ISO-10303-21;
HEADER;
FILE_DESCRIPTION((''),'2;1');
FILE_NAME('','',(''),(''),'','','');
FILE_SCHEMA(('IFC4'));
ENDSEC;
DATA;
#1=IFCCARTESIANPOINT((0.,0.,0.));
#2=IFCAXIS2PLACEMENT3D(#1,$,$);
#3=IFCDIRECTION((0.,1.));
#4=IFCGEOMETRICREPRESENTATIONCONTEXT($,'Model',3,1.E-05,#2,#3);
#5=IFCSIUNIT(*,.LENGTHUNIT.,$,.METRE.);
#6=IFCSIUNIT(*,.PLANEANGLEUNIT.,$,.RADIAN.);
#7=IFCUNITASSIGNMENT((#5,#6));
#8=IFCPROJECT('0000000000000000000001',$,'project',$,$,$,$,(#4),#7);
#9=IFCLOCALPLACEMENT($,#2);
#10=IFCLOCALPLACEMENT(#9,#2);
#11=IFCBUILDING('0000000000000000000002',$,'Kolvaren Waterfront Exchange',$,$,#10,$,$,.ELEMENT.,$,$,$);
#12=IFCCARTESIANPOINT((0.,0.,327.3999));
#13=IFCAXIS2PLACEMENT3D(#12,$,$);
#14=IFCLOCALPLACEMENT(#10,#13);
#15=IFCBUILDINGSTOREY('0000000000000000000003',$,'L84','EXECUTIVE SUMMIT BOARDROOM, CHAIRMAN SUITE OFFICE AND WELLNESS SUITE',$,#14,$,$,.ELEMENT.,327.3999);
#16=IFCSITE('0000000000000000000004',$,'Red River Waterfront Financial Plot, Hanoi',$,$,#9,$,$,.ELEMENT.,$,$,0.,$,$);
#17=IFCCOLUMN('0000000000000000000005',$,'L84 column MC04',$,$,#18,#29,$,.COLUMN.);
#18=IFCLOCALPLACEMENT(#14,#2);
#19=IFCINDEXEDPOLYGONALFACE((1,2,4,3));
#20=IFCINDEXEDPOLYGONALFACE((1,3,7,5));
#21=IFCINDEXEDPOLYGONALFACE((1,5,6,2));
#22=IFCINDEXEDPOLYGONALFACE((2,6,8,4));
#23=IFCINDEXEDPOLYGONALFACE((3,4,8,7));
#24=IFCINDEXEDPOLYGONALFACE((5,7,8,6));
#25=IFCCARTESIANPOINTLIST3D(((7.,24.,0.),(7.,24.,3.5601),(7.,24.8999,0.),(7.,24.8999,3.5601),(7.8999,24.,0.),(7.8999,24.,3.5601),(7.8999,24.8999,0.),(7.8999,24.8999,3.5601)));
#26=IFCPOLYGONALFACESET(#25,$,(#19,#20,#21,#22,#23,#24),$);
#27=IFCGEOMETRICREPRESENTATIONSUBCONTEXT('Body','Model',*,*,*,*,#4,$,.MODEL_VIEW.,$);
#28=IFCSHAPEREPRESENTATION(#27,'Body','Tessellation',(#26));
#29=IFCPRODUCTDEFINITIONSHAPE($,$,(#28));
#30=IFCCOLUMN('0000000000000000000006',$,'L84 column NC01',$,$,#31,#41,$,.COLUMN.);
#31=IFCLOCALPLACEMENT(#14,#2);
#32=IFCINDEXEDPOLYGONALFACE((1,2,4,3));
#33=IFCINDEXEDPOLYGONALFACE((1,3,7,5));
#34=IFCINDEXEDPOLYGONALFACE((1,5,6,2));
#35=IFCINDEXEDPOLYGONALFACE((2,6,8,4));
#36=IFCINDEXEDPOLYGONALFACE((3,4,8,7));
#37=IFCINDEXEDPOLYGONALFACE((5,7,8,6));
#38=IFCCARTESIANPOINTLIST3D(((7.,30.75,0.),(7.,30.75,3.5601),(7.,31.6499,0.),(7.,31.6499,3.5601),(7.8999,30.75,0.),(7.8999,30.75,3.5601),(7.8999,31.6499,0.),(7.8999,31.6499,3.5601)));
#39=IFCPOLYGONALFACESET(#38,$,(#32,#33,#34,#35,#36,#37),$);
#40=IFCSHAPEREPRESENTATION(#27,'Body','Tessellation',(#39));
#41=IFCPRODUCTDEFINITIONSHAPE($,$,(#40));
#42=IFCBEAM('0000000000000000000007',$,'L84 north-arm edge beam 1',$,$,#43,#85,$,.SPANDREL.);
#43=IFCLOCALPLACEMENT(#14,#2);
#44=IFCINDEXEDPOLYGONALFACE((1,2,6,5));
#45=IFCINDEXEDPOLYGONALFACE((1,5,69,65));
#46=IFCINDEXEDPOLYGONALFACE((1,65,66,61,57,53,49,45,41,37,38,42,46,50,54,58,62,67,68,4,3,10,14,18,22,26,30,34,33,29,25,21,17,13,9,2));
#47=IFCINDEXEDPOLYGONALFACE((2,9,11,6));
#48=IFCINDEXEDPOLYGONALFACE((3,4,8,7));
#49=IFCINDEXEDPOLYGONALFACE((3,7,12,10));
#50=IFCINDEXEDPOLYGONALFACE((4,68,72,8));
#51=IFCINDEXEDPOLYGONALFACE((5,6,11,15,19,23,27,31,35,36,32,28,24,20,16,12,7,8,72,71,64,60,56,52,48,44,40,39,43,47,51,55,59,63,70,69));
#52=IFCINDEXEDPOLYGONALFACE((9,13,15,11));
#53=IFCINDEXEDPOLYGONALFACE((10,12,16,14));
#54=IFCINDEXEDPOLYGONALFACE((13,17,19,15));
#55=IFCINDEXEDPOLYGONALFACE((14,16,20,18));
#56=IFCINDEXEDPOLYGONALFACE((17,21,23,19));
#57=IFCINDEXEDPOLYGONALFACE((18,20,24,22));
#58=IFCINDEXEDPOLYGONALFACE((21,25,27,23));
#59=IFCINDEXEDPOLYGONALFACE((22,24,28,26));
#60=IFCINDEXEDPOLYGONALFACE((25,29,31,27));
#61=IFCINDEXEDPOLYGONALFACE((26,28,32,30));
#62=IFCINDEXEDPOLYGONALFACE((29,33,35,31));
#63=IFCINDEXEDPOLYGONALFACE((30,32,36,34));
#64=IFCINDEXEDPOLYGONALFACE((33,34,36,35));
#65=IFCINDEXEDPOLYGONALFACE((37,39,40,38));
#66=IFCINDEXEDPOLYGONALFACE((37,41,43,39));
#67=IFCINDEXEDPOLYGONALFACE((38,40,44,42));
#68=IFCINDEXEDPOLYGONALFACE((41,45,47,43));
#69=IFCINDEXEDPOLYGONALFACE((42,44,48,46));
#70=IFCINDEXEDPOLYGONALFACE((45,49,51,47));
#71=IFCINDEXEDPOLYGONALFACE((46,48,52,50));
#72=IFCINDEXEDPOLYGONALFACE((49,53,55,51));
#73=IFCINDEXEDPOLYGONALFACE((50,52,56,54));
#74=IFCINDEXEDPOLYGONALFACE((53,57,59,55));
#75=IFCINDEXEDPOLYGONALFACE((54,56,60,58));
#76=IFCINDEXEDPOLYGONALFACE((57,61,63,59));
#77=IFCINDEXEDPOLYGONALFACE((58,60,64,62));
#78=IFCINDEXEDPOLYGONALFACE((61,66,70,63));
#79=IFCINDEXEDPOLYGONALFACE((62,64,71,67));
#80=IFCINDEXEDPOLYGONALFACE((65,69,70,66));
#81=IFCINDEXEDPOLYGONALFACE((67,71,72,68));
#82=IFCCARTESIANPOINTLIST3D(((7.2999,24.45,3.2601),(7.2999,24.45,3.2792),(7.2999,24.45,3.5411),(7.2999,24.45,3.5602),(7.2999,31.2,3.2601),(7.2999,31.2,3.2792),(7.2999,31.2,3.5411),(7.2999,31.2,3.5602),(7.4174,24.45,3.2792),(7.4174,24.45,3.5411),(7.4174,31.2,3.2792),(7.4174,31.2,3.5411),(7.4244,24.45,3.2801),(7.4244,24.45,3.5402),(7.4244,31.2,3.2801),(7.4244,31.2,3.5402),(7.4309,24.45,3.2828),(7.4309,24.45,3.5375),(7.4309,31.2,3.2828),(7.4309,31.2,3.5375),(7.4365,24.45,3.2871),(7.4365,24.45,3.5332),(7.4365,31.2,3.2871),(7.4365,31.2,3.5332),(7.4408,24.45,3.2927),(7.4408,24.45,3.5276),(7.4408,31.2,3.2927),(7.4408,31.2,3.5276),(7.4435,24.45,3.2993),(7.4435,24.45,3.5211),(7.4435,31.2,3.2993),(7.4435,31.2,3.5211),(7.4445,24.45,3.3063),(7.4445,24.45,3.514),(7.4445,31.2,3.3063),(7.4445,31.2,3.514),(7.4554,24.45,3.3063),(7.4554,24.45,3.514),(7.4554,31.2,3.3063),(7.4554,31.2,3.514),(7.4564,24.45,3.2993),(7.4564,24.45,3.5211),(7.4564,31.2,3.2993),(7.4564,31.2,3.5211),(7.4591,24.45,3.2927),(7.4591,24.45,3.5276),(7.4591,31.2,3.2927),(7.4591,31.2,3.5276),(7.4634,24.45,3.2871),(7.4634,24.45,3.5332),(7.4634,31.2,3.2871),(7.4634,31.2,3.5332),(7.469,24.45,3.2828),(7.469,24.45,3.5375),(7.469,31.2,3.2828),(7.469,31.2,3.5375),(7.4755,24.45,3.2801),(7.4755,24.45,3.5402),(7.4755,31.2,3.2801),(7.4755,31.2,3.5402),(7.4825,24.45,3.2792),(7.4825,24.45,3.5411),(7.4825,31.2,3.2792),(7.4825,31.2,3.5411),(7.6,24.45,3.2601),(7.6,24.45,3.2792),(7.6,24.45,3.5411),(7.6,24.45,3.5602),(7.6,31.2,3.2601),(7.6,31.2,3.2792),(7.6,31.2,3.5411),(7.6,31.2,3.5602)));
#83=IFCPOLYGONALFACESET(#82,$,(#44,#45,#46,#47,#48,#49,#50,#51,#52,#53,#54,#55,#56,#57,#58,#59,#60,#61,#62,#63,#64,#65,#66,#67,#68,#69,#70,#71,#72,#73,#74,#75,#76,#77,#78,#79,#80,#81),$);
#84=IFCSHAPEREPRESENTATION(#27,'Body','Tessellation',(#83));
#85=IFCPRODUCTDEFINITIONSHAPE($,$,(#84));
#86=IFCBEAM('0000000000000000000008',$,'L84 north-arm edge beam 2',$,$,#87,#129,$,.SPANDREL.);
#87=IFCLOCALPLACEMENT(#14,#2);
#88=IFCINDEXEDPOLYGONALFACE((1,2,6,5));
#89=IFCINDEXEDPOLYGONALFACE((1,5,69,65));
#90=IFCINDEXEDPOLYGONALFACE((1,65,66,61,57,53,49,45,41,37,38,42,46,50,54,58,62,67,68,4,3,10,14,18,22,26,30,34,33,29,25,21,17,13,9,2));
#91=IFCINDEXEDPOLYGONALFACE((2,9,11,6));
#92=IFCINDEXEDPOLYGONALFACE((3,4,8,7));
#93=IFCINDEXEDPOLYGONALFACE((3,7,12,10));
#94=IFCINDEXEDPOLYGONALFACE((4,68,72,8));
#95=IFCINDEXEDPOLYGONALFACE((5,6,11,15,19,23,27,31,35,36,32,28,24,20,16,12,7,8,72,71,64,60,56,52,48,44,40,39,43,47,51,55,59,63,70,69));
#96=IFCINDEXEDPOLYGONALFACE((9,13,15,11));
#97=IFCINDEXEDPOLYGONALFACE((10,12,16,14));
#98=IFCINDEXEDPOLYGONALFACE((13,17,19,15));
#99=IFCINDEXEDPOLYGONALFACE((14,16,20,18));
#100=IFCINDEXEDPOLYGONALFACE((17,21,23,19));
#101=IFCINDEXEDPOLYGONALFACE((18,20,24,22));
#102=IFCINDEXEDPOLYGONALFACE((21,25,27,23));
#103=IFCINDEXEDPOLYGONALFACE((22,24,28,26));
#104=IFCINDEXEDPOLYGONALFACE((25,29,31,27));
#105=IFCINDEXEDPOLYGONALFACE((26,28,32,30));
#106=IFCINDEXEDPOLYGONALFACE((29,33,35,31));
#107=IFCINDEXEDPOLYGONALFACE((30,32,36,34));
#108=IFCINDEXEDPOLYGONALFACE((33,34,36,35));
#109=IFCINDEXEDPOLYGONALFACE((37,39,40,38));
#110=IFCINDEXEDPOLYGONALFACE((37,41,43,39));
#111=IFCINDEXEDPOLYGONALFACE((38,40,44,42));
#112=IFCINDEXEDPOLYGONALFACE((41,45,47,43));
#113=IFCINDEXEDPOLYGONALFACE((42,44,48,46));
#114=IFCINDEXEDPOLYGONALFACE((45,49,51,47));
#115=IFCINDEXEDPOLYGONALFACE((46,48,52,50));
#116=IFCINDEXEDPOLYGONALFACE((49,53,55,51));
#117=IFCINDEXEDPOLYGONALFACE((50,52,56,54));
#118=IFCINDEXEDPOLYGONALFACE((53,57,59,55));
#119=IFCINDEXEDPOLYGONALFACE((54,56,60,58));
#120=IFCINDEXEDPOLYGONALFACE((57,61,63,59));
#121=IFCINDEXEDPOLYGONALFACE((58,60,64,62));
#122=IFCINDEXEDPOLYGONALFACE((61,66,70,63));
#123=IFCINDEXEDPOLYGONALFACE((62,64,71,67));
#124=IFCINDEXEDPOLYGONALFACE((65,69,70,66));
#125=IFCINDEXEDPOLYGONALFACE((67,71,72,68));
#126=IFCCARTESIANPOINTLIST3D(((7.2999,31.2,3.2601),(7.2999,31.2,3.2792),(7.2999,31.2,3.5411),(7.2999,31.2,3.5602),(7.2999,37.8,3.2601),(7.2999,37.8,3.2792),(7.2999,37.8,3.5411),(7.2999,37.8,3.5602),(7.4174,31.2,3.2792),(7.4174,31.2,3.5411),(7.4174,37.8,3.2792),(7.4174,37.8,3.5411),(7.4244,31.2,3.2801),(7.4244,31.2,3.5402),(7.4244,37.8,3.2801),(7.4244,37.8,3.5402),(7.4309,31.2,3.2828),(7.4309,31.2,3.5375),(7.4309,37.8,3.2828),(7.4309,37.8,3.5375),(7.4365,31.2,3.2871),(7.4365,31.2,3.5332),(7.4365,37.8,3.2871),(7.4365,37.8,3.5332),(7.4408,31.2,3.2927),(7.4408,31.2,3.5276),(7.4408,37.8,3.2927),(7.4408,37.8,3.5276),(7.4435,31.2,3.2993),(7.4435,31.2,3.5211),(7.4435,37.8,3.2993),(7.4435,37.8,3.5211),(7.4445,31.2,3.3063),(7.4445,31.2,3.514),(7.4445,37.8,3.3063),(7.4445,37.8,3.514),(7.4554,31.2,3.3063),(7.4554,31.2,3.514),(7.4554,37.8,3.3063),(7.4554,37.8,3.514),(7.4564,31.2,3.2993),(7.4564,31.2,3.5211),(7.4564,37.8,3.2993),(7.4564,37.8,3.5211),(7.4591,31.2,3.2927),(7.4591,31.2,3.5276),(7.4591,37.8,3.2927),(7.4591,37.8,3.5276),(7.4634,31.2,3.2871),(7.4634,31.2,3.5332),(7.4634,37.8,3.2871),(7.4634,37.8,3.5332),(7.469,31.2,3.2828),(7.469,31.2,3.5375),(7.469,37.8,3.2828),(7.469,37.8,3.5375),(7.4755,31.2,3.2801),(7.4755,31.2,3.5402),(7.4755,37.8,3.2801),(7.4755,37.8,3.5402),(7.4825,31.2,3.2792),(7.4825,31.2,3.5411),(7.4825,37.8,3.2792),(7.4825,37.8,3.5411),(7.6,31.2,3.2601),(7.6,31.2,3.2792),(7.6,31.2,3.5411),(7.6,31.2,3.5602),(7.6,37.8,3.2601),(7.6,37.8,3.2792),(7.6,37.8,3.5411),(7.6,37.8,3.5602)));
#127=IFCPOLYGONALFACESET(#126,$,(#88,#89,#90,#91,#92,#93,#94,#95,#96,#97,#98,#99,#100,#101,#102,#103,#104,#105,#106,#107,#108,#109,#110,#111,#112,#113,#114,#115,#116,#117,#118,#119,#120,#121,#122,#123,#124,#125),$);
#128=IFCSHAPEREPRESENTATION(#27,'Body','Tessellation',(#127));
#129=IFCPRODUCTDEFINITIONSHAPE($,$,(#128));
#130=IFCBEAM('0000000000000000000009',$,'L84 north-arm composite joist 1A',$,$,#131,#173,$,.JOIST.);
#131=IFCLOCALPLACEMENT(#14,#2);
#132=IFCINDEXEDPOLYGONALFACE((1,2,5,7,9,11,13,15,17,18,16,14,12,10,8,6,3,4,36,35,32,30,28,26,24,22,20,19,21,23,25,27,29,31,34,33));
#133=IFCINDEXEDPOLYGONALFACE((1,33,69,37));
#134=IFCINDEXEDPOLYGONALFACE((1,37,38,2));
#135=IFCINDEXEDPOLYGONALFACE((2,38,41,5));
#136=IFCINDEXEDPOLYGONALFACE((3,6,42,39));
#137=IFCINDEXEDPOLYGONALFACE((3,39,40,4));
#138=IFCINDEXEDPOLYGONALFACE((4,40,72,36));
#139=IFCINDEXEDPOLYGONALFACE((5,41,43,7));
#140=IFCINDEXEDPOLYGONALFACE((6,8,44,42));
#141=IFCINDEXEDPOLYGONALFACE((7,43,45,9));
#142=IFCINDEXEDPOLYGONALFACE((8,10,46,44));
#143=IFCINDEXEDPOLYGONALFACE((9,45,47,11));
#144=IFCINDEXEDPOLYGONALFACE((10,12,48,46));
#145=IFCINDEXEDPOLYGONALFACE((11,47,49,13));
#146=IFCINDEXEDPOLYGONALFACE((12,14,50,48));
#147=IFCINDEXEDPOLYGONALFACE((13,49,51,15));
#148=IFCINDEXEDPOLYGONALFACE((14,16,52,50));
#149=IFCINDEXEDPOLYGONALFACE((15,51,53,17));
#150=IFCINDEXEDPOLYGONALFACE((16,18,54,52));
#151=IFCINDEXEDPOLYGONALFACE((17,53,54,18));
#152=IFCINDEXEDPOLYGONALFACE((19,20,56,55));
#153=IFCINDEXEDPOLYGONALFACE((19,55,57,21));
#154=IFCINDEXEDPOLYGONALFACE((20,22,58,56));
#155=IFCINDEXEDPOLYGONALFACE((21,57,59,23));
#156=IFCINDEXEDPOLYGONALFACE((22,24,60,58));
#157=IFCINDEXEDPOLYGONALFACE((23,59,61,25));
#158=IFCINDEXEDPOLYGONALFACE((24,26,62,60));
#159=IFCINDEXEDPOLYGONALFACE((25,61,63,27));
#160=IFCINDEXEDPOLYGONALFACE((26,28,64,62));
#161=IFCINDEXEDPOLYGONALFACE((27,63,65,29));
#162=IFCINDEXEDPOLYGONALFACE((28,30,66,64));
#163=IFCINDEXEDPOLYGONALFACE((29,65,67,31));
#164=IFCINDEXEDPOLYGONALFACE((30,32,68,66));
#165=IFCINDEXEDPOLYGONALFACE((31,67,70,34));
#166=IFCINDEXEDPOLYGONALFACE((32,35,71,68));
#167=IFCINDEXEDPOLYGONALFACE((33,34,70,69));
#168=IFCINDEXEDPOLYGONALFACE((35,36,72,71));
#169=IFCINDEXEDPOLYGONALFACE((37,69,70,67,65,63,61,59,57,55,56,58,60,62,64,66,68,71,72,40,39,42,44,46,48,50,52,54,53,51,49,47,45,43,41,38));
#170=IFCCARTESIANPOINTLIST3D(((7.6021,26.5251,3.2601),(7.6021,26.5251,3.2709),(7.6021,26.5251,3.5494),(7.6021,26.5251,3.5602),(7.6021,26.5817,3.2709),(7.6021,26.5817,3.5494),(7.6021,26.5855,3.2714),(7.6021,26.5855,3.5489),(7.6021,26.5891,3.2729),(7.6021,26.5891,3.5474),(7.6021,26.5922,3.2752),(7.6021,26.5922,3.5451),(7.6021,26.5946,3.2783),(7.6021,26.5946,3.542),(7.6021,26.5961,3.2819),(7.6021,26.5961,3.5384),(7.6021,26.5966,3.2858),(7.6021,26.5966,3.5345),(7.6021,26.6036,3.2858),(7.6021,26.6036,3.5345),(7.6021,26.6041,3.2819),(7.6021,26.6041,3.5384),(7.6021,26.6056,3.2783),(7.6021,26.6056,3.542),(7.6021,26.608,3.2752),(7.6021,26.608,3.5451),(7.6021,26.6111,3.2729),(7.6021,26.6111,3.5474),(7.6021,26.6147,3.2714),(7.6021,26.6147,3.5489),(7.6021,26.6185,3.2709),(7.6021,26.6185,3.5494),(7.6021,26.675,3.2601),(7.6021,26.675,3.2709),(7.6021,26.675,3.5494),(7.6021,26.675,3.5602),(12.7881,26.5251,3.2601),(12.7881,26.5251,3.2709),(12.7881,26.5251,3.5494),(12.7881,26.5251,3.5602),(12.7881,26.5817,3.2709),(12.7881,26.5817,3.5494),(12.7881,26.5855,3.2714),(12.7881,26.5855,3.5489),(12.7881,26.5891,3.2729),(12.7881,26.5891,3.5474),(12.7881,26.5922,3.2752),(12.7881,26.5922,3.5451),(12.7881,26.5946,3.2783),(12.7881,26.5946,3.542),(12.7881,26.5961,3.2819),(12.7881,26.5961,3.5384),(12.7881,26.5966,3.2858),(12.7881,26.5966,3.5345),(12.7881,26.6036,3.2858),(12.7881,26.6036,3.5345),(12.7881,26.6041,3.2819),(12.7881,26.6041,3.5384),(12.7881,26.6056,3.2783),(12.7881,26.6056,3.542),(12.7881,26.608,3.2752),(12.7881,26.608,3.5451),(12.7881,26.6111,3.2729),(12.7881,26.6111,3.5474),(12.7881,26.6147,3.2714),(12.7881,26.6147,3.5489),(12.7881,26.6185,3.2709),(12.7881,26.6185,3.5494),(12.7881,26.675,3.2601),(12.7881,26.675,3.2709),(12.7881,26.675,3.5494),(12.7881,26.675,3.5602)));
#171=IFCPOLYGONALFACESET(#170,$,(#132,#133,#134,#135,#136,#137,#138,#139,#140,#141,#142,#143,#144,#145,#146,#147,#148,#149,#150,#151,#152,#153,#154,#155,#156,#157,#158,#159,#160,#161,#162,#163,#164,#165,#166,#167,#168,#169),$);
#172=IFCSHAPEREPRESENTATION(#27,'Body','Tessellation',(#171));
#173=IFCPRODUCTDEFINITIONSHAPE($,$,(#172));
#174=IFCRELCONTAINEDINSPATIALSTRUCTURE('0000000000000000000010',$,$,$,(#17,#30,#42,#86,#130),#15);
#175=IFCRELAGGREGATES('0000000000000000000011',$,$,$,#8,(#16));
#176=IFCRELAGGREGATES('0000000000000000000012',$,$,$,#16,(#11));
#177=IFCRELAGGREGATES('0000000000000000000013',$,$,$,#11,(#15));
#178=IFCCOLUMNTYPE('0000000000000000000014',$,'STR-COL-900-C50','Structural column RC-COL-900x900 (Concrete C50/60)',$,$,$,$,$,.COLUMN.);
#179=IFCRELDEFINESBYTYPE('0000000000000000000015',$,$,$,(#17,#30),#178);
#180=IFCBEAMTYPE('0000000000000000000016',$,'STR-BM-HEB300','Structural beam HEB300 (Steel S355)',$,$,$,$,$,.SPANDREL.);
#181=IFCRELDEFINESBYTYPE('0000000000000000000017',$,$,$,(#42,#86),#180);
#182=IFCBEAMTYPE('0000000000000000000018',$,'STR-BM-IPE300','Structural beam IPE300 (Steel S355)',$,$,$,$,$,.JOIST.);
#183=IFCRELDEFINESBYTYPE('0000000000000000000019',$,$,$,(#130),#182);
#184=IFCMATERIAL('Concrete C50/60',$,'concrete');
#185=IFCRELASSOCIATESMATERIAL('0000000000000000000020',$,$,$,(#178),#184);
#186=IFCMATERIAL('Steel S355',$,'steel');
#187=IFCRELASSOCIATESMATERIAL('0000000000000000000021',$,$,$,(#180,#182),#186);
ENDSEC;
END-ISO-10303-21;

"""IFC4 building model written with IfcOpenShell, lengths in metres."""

from ifc_helpers import new_model, si_unit, direction, frame, origin, origin_2d, place, context, subcontext, project, spatial, rectangle, i_section, extrude, material, material_profile, profile_set, type_object, element, save


model = new_model("IFC4")

# Units and contexts
model_context = context("Model", 3, precision=1e-05, world=origin(), true_north=direction((0.0, 1.0)))
body_context = subcontext(model_context, "Body", "Model", "MODEL_VIEW")
ifc_project = project(units=[si_unit("LENGTHUNIT", "METRE"), si_unit("PLANEANGLEUNIT", "RADIAN")], contexts=[model_context])

# Site, building, storey
site_placement = place(None, origin())
site = spatial("IfcSite", under=ifc_project, at=site_placement, Name="Red River Waterfront Financial Plot, Hanoi", CompositionType="ELEMENT", RefElevation=0.0)
building_placement = place(site_placement, origin())
building = spatial("IfcBuilding", under=site, at=building_placement, Name="Kolvaren Waterfront Exchange", CompositionType="ELEMENT")
storey_placement = place(building_placement, frame((0.0, 0.0, 327.3999)))
storey = spatial("IfcBuildingStorey", under=building, at=storey_placement, Name="L84", Description="EXECUTIVE SUMMIT BOARDROOM, CHAIRMAN SUITE OFFICE AND WELLNESS SUITE", CompositionType="ELEMENT", Elevation=327.3999)

# Columns
ifc_material_1 = material(Name="Concrete C50/60", Category="concrete")
ifc_material_profile_1 = material_profile(ifc_material_1, rectangle(XDim=0.8999, YDim=0.8999, at=origin_2d()), Name="RC-COL-900x900")
ifc_profile_set_1 = profile_set([ifc_material_profile_1], Name="Concrete C50/60")
column_type = type_object("IfcColumnType", Name="STR-COL-900-C50", Description="Structural column RC-COL-900x900 (Concrete C50/60)", PredefinedType="COLUMN", material=ifc_profile_set_1)
for number, where, z_axis, x_axis, name in (
    (1, (7.45, 24.45, 0.0), (0.0, 0.0, 1.0), (1.0, 0.0, 0.0), "L84 column MC04"),
    (2, (7.45, 31.2, 0.0), (0.0, 0.0, 1.0), (1.0, 0.0, 0.0), "L84 column NC01"),
):
    element("IfcColumn", number, at=place(storey_placement, frame(where, z_axis=z_axis, x_axis=x_axis)), inside=storey, type_object=column_type, Name=name, PredefinedType="COLUMN", context=body_context, shape_type="SweptSolid", body=[
        extrude(rectangle(XDim=0.8999, YDim=0.8999, at=origin_2d()), origin(), (0.0, 0.0, 1.0), 3.5601),
    ])

# Beams
ifc_material_2 = material(Name="Steel S355", Category="steel")
ifc_material_profile_2 = material_profile(ifc_material_2, i_section(OverallWidth=0.3, OverallDepth=0.3, WebThickness=0.011, FlangeThickness=0.019, FilletRadius=0.0271, at=origin_2d()), Name="HEB300")
ifc_profile_set_2 = profile_set([ifc_material_profile_2], Name="Steel S355")
beam_type_1 = type_object("IfcBeamType", Name="STR-BM-HEB300", Description="Structural beam HEB300 (Steel S355)", PredefinedType="SPANDREL", material=ifc_profile_set_2)
beam_1_placement = place(storey_placement, frame((7.45, 24.45, 3.4102), z_axis=(0.0, 1.0, 0.0), x_axis=(-1.0, 0.0, 0.0)))
element("IfcBeam", 3, at=beam_1_placement, inside=storey, type_object=beam_type_1, Name="L84 north-arm edge beam 1", PredefinedType="SPANDREL", context=body_context, shape_type="SweptSolid", body=[
    extrude(i_section(OverallWidth=0.3, OverallDepth=0.3, WebThickness=0.011, FlangeThickness=0.019, FilletRadius=0.0271, at=origin_2d()), origin(), (0.0, 0.0, 1.0), 6.75),
])
beam_2_placement = place(storey_placement, frame((7.45, 31.2, 3.4102), z_axis=(0.0, 1.0, 0.0), x_axis=(-1.0, 0.0, 0.0)))
element("IfcBeam", 4, at=beam_2_placement, inside=storey, type_object=beam_type_1, Name="L84 north-arm edge beam 2", PredefinedType="SPANDREL", context=body_context, shape_type="SweptSolid", body=[
    extrude(i_section(OverallWidth=0.3, OverallDepth=0.3, WebThickness=0.011, FlangeThickness=0.019, FilletRadius=0.0271, at=origin_2d()), origin(), (0.0, 0.0, 1.0), 6.6001),
])
ifc_material_profile_3 = material_profile(ifc_material_2, i_section(OverallWidth=0.1499, OverallDepth=0.3, WebThickness=0.0071, FlangeThickness=0.0107, FilletRadius=0.0149, at=origin_2d()), Name="IPE300")
ifc_profile_set_3 = profile_set([ifc_material_profile_3], Name="Steel S355")
beam_type_2 = type_object("IfcBeamType", Name="STR-BM-IPE300", Description="Structural beam IPE300 (Steel S355)", PredefinedType="JOIST", material=ifc_profile_set_3)
for number, where, z_axis, x_axis, name in (
    (5, (7.6021, 26.6001, 3.4102), (1.0, 0.0, 0.0), (0.0, 1.0, 0.0), "L84 north-arm composite joist 1A"),
):
    element("IfcBeam", number, at=place(storey_placement, frame(where, z_axis=z_axis, x_axis=x_axis)), inside=storey, type_object=beam_type_2, Name=name, PredefinedType="JOIST", context=body_context, shape_type="SweptSolid", body=[
        extrude(i_section(OverallWidth=0.1499, OverallDepth=0.3, WebThickness=0.0071, FlangeThickness=0.0107, FilletRadius=0.0149, at=origin_2d()), origin(), (0.0, 0.0, 1.0), 5.186),
    ])

save(model, "model.ifc")
